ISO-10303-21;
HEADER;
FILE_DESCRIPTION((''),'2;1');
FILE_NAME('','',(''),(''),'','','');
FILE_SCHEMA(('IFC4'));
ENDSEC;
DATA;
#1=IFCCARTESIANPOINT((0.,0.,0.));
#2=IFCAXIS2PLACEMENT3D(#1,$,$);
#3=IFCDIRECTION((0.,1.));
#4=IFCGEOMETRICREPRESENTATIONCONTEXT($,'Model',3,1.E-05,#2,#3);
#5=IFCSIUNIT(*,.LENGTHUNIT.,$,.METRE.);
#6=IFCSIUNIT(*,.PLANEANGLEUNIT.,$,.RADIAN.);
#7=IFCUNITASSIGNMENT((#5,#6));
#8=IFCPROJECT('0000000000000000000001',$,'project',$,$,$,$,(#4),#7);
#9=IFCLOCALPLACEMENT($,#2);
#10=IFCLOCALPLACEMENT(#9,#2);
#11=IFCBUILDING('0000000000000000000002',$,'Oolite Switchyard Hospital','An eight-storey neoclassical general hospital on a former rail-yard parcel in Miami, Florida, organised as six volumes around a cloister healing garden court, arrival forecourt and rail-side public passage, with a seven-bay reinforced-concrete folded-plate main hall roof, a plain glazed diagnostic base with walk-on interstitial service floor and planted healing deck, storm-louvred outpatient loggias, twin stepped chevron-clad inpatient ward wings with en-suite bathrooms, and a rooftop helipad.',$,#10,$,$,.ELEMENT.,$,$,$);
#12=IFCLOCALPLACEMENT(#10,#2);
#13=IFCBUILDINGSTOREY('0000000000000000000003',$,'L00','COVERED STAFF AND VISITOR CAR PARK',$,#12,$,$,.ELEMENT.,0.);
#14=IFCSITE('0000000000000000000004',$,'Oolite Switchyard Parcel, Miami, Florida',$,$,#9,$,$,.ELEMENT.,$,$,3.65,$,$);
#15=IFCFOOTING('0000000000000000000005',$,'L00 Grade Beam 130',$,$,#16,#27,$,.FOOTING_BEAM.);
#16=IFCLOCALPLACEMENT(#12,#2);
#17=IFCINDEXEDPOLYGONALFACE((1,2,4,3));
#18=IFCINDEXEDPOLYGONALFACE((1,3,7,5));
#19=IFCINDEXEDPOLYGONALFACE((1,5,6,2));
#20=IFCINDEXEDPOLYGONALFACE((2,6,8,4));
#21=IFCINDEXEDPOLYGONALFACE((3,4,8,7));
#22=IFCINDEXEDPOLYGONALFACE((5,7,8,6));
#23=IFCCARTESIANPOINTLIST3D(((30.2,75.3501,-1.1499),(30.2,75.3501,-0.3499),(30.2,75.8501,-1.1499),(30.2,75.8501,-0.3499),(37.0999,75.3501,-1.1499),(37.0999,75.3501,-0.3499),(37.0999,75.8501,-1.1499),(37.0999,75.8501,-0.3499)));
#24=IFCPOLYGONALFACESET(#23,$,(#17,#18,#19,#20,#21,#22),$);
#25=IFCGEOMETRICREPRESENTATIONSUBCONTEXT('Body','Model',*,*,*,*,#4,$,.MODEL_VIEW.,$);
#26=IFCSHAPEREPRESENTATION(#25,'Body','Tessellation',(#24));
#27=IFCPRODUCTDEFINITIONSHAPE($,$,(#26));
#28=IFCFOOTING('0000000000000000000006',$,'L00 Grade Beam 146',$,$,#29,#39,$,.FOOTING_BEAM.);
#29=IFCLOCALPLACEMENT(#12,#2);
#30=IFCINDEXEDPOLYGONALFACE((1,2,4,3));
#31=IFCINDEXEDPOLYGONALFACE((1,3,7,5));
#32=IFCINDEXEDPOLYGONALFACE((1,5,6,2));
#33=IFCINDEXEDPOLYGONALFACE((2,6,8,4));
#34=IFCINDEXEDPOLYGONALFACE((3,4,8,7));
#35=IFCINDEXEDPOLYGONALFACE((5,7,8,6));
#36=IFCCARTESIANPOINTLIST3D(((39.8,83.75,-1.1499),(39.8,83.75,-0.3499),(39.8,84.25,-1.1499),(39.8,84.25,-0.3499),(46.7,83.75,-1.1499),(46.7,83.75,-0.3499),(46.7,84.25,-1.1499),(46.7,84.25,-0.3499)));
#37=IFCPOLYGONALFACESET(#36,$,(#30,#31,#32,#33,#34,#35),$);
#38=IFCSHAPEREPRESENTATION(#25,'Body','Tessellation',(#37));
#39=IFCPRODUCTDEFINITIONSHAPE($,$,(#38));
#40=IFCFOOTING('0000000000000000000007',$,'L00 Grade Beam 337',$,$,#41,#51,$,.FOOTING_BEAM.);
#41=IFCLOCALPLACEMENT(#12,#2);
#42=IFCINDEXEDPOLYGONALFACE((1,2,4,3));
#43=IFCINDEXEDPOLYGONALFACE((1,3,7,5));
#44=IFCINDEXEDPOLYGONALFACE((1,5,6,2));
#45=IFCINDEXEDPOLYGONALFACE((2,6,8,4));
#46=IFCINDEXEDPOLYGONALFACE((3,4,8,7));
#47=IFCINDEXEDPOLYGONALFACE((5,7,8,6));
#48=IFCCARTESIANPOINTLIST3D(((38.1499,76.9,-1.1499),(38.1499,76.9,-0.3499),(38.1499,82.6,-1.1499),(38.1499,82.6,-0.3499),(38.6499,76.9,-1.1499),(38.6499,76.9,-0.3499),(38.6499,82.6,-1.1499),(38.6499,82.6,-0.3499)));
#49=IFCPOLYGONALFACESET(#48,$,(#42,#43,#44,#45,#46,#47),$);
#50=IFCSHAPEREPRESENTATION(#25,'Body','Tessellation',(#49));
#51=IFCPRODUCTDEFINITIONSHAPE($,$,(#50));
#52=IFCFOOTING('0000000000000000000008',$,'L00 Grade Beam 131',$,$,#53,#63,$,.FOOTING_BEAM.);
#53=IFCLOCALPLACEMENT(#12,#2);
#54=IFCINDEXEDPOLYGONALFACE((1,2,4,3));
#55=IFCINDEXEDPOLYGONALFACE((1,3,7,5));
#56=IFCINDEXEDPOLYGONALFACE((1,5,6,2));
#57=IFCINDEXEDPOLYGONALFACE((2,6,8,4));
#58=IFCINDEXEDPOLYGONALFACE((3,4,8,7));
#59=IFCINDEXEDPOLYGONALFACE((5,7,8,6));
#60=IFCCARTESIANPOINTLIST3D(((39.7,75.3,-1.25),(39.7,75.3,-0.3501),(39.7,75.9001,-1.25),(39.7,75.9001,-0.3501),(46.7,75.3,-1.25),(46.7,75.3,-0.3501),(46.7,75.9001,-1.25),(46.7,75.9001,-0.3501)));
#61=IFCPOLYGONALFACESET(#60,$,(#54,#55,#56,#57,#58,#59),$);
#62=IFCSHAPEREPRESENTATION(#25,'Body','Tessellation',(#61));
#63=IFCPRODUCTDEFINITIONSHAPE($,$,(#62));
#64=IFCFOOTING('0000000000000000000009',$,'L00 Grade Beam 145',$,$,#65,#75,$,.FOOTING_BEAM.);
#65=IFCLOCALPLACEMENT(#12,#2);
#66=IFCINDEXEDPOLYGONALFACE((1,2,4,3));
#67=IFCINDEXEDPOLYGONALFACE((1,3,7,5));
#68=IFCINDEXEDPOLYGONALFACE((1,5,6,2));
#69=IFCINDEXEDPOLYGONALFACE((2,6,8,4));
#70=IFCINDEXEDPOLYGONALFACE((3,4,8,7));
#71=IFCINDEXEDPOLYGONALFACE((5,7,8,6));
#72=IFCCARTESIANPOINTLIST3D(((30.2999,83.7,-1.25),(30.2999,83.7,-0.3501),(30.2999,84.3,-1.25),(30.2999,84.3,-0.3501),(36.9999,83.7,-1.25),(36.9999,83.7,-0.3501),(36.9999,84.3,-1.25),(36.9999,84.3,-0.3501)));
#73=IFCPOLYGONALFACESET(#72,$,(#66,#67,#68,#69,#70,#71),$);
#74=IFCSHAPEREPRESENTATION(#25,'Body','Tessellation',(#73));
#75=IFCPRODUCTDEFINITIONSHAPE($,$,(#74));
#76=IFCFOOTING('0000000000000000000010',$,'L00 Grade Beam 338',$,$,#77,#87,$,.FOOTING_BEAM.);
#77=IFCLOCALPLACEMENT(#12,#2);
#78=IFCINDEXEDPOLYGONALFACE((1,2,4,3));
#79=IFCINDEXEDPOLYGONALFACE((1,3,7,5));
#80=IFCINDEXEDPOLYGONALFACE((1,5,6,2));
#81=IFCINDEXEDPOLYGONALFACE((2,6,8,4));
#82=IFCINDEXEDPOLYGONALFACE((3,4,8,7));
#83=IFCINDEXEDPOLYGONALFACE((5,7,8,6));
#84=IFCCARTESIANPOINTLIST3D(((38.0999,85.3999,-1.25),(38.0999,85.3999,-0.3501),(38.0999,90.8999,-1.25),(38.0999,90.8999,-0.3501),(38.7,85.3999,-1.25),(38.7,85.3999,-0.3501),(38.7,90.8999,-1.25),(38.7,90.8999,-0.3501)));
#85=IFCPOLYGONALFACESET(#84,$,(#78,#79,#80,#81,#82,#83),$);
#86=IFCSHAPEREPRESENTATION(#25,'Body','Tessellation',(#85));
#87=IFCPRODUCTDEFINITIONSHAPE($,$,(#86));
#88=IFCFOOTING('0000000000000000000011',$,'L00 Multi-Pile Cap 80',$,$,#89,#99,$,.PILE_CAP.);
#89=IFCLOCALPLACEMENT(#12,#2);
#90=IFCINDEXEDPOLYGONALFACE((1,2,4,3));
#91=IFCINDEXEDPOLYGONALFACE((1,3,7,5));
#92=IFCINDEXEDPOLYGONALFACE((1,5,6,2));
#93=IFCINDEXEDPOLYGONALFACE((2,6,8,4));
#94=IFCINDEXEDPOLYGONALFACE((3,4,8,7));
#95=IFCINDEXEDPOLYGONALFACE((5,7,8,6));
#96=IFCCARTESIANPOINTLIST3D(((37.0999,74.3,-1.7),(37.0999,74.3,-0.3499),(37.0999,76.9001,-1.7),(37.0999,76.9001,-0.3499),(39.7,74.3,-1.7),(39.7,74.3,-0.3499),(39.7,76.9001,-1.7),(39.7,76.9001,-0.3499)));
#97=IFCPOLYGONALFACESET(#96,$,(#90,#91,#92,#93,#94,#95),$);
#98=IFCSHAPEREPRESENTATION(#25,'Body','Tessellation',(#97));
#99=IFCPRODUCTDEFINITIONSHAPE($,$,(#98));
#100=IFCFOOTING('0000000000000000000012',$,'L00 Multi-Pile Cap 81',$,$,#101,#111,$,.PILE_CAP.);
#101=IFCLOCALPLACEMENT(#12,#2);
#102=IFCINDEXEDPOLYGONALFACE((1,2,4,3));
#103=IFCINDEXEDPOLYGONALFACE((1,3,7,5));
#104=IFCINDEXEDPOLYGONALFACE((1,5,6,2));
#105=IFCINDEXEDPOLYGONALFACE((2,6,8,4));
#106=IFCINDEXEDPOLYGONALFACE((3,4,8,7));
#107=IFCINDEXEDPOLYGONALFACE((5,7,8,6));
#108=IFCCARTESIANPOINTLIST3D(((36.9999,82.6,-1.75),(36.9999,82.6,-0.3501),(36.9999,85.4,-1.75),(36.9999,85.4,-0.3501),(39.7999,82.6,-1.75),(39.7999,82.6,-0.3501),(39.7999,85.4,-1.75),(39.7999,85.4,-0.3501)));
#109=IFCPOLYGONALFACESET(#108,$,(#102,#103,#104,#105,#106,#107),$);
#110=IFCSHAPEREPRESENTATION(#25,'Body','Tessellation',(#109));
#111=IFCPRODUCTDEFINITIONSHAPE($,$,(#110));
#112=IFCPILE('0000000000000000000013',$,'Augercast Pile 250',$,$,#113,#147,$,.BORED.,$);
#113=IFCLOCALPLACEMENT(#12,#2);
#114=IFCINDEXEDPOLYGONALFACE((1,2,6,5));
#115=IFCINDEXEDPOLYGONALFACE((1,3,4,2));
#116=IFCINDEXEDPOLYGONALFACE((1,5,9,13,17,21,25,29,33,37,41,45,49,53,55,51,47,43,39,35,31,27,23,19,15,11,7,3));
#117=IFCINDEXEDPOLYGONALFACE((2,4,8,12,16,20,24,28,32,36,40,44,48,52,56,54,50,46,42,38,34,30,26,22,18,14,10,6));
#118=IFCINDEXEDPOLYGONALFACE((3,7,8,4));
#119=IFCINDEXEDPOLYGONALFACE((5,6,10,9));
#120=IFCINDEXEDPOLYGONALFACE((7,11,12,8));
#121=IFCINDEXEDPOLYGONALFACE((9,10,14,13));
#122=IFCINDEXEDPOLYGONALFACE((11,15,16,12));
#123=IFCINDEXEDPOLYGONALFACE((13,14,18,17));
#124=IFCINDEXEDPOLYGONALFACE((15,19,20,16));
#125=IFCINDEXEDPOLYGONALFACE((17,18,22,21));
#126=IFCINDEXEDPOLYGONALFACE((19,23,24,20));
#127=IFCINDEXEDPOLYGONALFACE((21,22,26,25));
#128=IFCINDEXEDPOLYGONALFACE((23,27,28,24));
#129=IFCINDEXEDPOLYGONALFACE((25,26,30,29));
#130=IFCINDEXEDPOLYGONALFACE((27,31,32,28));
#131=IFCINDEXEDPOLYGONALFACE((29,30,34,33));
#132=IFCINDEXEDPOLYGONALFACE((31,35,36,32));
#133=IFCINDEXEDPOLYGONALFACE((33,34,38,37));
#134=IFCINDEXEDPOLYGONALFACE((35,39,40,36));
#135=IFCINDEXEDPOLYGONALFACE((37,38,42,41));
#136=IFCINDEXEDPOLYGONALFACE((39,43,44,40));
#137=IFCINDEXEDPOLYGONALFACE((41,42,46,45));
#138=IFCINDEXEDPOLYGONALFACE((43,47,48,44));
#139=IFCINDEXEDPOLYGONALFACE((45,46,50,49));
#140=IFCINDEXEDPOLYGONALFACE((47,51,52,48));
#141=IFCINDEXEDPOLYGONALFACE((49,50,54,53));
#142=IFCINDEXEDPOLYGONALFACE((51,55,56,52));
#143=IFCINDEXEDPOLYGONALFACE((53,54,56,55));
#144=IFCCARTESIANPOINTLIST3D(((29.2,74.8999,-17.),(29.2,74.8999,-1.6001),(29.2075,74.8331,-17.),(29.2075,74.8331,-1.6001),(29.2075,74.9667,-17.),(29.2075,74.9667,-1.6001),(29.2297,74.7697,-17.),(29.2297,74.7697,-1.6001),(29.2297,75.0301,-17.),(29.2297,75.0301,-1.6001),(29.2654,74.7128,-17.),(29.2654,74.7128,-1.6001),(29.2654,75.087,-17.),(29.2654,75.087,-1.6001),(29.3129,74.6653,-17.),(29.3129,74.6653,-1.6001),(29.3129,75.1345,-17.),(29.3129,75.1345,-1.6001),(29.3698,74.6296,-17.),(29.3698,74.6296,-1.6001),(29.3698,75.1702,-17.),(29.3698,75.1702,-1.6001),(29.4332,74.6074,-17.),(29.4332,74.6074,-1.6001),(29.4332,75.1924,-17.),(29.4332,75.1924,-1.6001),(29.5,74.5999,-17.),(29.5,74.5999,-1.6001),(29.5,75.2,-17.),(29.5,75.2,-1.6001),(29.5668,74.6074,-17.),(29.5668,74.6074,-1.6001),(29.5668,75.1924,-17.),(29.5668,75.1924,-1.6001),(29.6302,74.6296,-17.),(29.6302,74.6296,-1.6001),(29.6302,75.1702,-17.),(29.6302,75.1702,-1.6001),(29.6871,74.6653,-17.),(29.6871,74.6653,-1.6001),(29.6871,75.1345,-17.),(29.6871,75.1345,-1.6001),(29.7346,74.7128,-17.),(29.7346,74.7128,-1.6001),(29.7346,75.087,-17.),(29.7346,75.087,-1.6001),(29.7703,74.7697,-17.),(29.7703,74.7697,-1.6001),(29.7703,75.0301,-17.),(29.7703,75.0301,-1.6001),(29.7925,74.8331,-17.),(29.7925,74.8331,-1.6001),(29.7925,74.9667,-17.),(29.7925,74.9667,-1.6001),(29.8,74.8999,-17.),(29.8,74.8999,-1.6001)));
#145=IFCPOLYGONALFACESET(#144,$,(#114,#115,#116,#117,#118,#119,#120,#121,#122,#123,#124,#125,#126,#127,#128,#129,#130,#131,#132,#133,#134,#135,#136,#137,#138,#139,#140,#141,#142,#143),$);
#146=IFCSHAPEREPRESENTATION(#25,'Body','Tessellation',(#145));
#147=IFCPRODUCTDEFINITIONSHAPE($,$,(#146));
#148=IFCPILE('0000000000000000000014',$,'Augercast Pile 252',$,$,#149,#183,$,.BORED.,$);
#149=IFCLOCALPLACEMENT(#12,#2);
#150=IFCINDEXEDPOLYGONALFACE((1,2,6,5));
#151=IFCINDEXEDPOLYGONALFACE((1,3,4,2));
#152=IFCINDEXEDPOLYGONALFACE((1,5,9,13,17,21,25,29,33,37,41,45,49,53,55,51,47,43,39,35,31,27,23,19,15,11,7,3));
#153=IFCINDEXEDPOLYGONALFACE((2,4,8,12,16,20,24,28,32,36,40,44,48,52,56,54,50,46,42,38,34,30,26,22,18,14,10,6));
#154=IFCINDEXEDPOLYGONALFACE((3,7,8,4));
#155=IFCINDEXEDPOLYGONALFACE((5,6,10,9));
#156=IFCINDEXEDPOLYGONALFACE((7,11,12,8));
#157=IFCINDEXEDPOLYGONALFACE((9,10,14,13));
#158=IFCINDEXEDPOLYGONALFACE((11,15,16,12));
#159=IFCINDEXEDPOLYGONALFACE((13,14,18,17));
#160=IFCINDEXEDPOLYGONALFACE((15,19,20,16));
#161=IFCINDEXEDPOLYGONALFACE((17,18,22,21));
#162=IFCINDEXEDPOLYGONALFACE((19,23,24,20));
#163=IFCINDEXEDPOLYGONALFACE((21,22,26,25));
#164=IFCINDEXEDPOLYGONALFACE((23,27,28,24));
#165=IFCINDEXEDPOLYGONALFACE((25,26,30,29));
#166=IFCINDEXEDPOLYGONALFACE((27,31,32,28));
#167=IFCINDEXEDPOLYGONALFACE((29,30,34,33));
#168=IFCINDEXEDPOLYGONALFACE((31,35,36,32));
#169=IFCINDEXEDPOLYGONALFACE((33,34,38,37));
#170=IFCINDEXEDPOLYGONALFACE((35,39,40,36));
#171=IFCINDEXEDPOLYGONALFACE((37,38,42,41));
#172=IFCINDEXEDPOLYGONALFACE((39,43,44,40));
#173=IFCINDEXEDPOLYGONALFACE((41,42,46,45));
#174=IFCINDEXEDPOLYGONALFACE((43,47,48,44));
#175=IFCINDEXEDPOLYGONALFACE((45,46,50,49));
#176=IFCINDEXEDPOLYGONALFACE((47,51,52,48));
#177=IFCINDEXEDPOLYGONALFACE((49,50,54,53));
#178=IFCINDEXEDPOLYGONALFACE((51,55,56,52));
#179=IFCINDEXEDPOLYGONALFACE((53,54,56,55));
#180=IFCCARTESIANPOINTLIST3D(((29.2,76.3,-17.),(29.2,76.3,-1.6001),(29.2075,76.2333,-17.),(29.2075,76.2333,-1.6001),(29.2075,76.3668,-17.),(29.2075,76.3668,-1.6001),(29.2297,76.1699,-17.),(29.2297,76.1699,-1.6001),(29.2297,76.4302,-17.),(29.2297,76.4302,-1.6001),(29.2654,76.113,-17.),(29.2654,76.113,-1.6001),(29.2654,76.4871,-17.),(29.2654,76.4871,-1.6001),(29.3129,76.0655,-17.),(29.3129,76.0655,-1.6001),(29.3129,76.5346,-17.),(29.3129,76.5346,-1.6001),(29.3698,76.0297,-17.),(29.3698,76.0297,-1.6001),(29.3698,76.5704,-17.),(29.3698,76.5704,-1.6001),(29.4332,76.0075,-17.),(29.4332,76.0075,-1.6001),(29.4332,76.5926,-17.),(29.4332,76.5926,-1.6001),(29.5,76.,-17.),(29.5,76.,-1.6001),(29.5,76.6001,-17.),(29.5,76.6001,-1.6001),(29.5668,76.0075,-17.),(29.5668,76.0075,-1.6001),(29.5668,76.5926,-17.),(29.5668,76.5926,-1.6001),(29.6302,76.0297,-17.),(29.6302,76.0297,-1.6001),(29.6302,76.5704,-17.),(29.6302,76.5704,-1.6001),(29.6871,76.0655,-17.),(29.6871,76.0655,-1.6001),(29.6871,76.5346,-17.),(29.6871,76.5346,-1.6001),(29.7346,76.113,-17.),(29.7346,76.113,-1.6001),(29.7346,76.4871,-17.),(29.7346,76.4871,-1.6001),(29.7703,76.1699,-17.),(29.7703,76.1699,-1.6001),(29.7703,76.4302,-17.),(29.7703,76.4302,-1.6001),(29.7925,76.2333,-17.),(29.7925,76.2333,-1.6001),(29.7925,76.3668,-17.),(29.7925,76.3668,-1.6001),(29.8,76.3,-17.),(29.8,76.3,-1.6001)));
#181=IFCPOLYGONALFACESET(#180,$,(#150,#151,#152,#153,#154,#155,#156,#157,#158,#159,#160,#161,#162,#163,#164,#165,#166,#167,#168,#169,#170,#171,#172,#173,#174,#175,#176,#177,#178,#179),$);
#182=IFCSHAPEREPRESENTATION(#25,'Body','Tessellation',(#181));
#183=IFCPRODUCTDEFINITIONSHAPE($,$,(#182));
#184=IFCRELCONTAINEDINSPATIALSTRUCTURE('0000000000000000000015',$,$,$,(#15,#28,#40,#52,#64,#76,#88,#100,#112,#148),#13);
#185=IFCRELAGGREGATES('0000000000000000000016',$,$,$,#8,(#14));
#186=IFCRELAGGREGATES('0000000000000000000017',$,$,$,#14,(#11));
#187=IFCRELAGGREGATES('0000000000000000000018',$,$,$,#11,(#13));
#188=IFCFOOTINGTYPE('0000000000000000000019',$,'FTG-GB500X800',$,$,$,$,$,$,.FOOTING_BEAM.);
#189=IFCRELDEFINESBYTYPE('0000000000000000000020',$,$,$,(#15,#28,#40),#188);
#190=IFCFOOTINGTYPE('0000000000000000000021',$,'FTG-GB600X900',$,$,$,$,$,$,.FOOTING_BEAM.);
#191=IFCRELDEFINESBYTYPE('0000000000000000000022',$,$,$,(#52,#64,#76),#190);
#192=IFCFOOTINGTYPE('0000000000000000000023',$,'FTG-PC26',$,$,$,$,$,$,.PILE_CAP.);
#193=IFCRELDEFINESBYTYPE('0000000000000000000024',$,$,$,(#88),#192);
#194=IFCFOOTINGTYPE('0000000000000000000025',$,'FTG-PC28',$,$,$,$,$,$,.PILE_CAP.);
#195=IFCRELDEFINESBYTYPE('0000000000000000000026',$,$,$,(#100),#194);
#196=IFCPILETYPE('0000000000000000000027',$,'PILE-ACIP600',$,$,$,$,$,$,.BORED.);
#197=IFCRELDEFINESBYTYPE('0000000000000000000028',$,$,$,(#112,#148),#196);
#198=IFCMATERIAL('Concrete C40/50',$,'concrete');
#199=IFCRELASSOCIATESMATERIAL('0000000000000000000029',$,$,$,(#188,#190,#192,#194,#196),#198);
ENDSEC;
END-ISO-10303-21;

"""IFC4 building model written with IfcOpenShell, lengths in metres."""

from ifc_helpers import new_model, si_unit, direction, frame, origin, origin_2d, place, context, subcontext, project, spatial, rectangle, circle, extrude, material, material_profile, profile_set, type_object, element, save


model = new_model("IFC4")

# Units and contexts
model_context = context("Model", 3, precision=1e-05, world=origin(), true_north=direction((0.0, 1.0)))
body_context = subcontext(model_context, "Body", "Model", "MODEL_VIEW")
ifc_project = project(units=[si_unit("LENGTHUNIT", "METRE"), si_unit("PLANEANGLEUNIT", "RADIAN")], contexts=[model_context])

# Site, building, storey
site_placement = place(None, origin())
site = spatial("IfcSite", under=ifc_project, at=site_placement, Name="Oolite Switchyard Parcel, Miami, Florida", CompositionType="ELEMENT", RefElevation=3.65)
building_placement = place(site_placement, origin())
building = spatial("IfcBuilding", under=site, at=building_placement, Name="Oolite Switchyard Hospital", Description="An eight-storey neoclassical general hospital on a former rail-yard parcel in Miami, Florida, organised as six volumes around a cloister healing garden court, arrival forecourt and rail-side public passage, with a seven-bay reinforced-concrete folded-plate main hall roof, a plain glazed diagnostic base with walk-on interstitial service floor and planted healing deck, storm-louvred outpatient loggias, twin stepped chevron-clad inpatient ward wings with en-suite bathrooms, and a rooftop helipad.", CompositionType="ELEMENT")
storey_placement = place(building_placement, origin())
storey = spatial("IfcBuildingStorey", under=building, at=storey_placement, Name="L00", Description="COVERED STAFF AND VISITOR CAR PARK", CompositionType="ELEMENT", Elevation=0.0)

# Footings
ifc_material_1 = material(Name="Concrete C40/50", Category="concrete")
footing_type_1 = type_object("IfcFootingType", Name="FTG-GB500X800", PredefinedType="FOOTING_BEAM", material=ifc_material_1)
for number, where, z_axis, x_axis, name in (
    (1, (33.6499, 75.6001, -1.1499), (0.0, 0.0, 1.0), (1.0, 0.0, 0.0), "L00 Grade Beam 130"),
    (2, (43.25, 84.0, -1.1499), (0.0, 0.0, 1.0), (1.0, 0.0, 0.0), "L00 Grade Beam 146"),
):
    element("IfcFooting", number, at=place(storey_placement, frame(where, z_axis=z_axis, x_axis=x_axis)), inside=storey, type_object=footing_type_1, Name=name, PredefinedType="FOOTING_BEAM", context=body_context, shape_type="SweptSolid", body=[
        extrude(rectangle(XDim=6.8999, YDim=0.5, at=origin_2d()), origin(), (0.0, 0.0, 1.0), 0.8),
    ])
footing_1_placement = place(storey_placement, frame((38.3999, 79.75, -1.1499), z_axis=(0.0, 0.0, 1.0), x_axis=(0.0, 1.0, 0.0)))
element("IfcFooting", 3, at=footing_1_placement, inside=storey, type_object=footing_type_1, Name="L00 Grade Beam 337", PredefinedType="FOOTING_BEAM", context=body_context, shape_type="SweptSolid", body=[
    extrude(rectangle(XDim=5.7, YDim=0.5, at=origin_2d()), origin(), (0.0, 0.0, 1.0), 0.8),
])
footing_type_2 = type_object("IfcFootingType", Name="FTG-GB600X900", PredefinedType="FOOTING_BEAM", material=ifc_material_1)
footing_2_placement = place(storey_placement, frame((43.2, 75.6001, -1.25), z_axis=(0.0, 0.0, 1.0), x_axis=(1.0, 0.0, 0.0)))
element("IfcFooting", 4, at=footing_2_placement, inside=storey, type_object=footing_type_2, Name="L00 Grade Beam 131", PredefinedType="FOOTING_BEAM", context=body_context, shape_type="SweptSolid", body=[
    extrude(rectangle(XDim=7.0, YDim=0.6001, at=origin_2d()), origin(), (0.0, 0.0, 1.0), 0.8999),
])
footing_3_placement = place(storey_placement, frame((33.6499, 84.0, -1.25), z_axis=(0.0, 0.0, 1.0), x_axis=(1.0, 0.0, 0.0)))
element("IfcFooting", 5, at=footing_3_placement, inside=storey, type_object=footing_type_2, Name="L00 Grade Beam 145", PredefinedType="FOOTING_BEAM", context=body_context, shape_type="SweptSolid", body=[
    extrude(rectangle(XDim=6.7, YDim=0.6001, at=origin_2d()), origin(), (0.0, 0.0, 1.0), 0.8999),
])
footing_4_placement = place(storey_placement, frame((38.3999, 88.1499, -1.25), z_axis=(0.0, 0.0, 1.0), x_axis=(0.0, 1.0, 0.0)))
element("IfcFooting", 6, at=footing_4_placement, inside=storey, type_object=footing_type_2, Name="L00 Grade Beam 338", PredefinedType="FOOTING_BEAM", context=body_context, shape_type="SweptSolid", body=[
    extrude(rectangle(XDim=5.5, YDim=0.6001, at=origin_2d()), origin(), (0.0, 0.0, 1.0), 0.8999),
])
footing_type_3 = type_object("IfcFootingType", Name="FTG-PC26", PredefinedType="PILE_CAP", material=ifc_material_1)
footing_5_placement = place(storey_placement, frame((38.3999, 75.6001, -1.7), z_axis=(0.0, 0.0, 1.0), x_axis=(1.0, 0.0, 0.0)))
element("IfcFooting", 7, at=footing_5_placement, inside=storey, type_object=footing_type_3, Name="L00 Multi-Pile Cap 80", PredefinedType="PILE_CAP", context=body_context, shape_type="SweptSolid", body=[
    extrude(rectangle(XDim=2.6001, YDim=2.6001, at=origin_2d()), origin(), (0.0, 0.0, 1.0), 1.3501),
])
footing_type_4 = type_object("IfcFootingType", Name="FTG-PC28", PredefinedType="PILE_CAP", material=ifc_material_1)
footing_6_placement = place(storey_placement, frame((38.3999, 84.0, -1.75), z_axis=(0.0, 0.0, 1.0), x_axis=(1.0, 0.0, 0.0)))
element("IfcFooting", 8, at=footing_6_placement, inside=storey, type_object=footing_type_4, Name="L00 Multi-Pile Cap 81", PredefinedType="PILE_CAP", context=body_context, shape_type="SweptSolid", body=[
    extrude(rectangle(XDim=2.8, YDim=2.8, at=origin_2d()), origin(), (0.0, 0.0, 1.0), 1.3999),
])

# Piles
ifc_material_profile_1 = material_profile(ifc_material_1, circle(Radius=0.3, at=origin_2d()), Name="PILE600")
ifc_profile_set_1 = profile_set([ifc_material_profile_1], Name="Concrete C40/50")
pile_type = type_object("IfcPileType", Name="PILE-ACIP600", PredefinedType="BORED", material=ifc_profile_set_1)
for number, where, z_axis, x_axis, name in (
    (9, (29.5, 74.8999, -1.6001), (0.0, 0.0, -1.0), (1.0, 0.0, 0.0), "Augercast Pile 250"),
    (10, (29.5, 76.3, -1.6001), (0.0, 0.0, -1.0), (1.0, 0.0, 0.0), "Augercast Pile 252"),
):
    element("IfcPile", number, at=place(storey_placement, frame(where, z_axis=z_axis, x_axis=x_axis)), inside=storey, type_object=pile_type, Name=name, PredefinedType="BORED", context=body_context, shape_type="SweptSolid", body=[
        extrude(circle(Radius=0.3, at=origin_2d()), origin(), (0.0, 0.0, 1.0), 15.3999),
    ])

save(model, "model.ifc")
